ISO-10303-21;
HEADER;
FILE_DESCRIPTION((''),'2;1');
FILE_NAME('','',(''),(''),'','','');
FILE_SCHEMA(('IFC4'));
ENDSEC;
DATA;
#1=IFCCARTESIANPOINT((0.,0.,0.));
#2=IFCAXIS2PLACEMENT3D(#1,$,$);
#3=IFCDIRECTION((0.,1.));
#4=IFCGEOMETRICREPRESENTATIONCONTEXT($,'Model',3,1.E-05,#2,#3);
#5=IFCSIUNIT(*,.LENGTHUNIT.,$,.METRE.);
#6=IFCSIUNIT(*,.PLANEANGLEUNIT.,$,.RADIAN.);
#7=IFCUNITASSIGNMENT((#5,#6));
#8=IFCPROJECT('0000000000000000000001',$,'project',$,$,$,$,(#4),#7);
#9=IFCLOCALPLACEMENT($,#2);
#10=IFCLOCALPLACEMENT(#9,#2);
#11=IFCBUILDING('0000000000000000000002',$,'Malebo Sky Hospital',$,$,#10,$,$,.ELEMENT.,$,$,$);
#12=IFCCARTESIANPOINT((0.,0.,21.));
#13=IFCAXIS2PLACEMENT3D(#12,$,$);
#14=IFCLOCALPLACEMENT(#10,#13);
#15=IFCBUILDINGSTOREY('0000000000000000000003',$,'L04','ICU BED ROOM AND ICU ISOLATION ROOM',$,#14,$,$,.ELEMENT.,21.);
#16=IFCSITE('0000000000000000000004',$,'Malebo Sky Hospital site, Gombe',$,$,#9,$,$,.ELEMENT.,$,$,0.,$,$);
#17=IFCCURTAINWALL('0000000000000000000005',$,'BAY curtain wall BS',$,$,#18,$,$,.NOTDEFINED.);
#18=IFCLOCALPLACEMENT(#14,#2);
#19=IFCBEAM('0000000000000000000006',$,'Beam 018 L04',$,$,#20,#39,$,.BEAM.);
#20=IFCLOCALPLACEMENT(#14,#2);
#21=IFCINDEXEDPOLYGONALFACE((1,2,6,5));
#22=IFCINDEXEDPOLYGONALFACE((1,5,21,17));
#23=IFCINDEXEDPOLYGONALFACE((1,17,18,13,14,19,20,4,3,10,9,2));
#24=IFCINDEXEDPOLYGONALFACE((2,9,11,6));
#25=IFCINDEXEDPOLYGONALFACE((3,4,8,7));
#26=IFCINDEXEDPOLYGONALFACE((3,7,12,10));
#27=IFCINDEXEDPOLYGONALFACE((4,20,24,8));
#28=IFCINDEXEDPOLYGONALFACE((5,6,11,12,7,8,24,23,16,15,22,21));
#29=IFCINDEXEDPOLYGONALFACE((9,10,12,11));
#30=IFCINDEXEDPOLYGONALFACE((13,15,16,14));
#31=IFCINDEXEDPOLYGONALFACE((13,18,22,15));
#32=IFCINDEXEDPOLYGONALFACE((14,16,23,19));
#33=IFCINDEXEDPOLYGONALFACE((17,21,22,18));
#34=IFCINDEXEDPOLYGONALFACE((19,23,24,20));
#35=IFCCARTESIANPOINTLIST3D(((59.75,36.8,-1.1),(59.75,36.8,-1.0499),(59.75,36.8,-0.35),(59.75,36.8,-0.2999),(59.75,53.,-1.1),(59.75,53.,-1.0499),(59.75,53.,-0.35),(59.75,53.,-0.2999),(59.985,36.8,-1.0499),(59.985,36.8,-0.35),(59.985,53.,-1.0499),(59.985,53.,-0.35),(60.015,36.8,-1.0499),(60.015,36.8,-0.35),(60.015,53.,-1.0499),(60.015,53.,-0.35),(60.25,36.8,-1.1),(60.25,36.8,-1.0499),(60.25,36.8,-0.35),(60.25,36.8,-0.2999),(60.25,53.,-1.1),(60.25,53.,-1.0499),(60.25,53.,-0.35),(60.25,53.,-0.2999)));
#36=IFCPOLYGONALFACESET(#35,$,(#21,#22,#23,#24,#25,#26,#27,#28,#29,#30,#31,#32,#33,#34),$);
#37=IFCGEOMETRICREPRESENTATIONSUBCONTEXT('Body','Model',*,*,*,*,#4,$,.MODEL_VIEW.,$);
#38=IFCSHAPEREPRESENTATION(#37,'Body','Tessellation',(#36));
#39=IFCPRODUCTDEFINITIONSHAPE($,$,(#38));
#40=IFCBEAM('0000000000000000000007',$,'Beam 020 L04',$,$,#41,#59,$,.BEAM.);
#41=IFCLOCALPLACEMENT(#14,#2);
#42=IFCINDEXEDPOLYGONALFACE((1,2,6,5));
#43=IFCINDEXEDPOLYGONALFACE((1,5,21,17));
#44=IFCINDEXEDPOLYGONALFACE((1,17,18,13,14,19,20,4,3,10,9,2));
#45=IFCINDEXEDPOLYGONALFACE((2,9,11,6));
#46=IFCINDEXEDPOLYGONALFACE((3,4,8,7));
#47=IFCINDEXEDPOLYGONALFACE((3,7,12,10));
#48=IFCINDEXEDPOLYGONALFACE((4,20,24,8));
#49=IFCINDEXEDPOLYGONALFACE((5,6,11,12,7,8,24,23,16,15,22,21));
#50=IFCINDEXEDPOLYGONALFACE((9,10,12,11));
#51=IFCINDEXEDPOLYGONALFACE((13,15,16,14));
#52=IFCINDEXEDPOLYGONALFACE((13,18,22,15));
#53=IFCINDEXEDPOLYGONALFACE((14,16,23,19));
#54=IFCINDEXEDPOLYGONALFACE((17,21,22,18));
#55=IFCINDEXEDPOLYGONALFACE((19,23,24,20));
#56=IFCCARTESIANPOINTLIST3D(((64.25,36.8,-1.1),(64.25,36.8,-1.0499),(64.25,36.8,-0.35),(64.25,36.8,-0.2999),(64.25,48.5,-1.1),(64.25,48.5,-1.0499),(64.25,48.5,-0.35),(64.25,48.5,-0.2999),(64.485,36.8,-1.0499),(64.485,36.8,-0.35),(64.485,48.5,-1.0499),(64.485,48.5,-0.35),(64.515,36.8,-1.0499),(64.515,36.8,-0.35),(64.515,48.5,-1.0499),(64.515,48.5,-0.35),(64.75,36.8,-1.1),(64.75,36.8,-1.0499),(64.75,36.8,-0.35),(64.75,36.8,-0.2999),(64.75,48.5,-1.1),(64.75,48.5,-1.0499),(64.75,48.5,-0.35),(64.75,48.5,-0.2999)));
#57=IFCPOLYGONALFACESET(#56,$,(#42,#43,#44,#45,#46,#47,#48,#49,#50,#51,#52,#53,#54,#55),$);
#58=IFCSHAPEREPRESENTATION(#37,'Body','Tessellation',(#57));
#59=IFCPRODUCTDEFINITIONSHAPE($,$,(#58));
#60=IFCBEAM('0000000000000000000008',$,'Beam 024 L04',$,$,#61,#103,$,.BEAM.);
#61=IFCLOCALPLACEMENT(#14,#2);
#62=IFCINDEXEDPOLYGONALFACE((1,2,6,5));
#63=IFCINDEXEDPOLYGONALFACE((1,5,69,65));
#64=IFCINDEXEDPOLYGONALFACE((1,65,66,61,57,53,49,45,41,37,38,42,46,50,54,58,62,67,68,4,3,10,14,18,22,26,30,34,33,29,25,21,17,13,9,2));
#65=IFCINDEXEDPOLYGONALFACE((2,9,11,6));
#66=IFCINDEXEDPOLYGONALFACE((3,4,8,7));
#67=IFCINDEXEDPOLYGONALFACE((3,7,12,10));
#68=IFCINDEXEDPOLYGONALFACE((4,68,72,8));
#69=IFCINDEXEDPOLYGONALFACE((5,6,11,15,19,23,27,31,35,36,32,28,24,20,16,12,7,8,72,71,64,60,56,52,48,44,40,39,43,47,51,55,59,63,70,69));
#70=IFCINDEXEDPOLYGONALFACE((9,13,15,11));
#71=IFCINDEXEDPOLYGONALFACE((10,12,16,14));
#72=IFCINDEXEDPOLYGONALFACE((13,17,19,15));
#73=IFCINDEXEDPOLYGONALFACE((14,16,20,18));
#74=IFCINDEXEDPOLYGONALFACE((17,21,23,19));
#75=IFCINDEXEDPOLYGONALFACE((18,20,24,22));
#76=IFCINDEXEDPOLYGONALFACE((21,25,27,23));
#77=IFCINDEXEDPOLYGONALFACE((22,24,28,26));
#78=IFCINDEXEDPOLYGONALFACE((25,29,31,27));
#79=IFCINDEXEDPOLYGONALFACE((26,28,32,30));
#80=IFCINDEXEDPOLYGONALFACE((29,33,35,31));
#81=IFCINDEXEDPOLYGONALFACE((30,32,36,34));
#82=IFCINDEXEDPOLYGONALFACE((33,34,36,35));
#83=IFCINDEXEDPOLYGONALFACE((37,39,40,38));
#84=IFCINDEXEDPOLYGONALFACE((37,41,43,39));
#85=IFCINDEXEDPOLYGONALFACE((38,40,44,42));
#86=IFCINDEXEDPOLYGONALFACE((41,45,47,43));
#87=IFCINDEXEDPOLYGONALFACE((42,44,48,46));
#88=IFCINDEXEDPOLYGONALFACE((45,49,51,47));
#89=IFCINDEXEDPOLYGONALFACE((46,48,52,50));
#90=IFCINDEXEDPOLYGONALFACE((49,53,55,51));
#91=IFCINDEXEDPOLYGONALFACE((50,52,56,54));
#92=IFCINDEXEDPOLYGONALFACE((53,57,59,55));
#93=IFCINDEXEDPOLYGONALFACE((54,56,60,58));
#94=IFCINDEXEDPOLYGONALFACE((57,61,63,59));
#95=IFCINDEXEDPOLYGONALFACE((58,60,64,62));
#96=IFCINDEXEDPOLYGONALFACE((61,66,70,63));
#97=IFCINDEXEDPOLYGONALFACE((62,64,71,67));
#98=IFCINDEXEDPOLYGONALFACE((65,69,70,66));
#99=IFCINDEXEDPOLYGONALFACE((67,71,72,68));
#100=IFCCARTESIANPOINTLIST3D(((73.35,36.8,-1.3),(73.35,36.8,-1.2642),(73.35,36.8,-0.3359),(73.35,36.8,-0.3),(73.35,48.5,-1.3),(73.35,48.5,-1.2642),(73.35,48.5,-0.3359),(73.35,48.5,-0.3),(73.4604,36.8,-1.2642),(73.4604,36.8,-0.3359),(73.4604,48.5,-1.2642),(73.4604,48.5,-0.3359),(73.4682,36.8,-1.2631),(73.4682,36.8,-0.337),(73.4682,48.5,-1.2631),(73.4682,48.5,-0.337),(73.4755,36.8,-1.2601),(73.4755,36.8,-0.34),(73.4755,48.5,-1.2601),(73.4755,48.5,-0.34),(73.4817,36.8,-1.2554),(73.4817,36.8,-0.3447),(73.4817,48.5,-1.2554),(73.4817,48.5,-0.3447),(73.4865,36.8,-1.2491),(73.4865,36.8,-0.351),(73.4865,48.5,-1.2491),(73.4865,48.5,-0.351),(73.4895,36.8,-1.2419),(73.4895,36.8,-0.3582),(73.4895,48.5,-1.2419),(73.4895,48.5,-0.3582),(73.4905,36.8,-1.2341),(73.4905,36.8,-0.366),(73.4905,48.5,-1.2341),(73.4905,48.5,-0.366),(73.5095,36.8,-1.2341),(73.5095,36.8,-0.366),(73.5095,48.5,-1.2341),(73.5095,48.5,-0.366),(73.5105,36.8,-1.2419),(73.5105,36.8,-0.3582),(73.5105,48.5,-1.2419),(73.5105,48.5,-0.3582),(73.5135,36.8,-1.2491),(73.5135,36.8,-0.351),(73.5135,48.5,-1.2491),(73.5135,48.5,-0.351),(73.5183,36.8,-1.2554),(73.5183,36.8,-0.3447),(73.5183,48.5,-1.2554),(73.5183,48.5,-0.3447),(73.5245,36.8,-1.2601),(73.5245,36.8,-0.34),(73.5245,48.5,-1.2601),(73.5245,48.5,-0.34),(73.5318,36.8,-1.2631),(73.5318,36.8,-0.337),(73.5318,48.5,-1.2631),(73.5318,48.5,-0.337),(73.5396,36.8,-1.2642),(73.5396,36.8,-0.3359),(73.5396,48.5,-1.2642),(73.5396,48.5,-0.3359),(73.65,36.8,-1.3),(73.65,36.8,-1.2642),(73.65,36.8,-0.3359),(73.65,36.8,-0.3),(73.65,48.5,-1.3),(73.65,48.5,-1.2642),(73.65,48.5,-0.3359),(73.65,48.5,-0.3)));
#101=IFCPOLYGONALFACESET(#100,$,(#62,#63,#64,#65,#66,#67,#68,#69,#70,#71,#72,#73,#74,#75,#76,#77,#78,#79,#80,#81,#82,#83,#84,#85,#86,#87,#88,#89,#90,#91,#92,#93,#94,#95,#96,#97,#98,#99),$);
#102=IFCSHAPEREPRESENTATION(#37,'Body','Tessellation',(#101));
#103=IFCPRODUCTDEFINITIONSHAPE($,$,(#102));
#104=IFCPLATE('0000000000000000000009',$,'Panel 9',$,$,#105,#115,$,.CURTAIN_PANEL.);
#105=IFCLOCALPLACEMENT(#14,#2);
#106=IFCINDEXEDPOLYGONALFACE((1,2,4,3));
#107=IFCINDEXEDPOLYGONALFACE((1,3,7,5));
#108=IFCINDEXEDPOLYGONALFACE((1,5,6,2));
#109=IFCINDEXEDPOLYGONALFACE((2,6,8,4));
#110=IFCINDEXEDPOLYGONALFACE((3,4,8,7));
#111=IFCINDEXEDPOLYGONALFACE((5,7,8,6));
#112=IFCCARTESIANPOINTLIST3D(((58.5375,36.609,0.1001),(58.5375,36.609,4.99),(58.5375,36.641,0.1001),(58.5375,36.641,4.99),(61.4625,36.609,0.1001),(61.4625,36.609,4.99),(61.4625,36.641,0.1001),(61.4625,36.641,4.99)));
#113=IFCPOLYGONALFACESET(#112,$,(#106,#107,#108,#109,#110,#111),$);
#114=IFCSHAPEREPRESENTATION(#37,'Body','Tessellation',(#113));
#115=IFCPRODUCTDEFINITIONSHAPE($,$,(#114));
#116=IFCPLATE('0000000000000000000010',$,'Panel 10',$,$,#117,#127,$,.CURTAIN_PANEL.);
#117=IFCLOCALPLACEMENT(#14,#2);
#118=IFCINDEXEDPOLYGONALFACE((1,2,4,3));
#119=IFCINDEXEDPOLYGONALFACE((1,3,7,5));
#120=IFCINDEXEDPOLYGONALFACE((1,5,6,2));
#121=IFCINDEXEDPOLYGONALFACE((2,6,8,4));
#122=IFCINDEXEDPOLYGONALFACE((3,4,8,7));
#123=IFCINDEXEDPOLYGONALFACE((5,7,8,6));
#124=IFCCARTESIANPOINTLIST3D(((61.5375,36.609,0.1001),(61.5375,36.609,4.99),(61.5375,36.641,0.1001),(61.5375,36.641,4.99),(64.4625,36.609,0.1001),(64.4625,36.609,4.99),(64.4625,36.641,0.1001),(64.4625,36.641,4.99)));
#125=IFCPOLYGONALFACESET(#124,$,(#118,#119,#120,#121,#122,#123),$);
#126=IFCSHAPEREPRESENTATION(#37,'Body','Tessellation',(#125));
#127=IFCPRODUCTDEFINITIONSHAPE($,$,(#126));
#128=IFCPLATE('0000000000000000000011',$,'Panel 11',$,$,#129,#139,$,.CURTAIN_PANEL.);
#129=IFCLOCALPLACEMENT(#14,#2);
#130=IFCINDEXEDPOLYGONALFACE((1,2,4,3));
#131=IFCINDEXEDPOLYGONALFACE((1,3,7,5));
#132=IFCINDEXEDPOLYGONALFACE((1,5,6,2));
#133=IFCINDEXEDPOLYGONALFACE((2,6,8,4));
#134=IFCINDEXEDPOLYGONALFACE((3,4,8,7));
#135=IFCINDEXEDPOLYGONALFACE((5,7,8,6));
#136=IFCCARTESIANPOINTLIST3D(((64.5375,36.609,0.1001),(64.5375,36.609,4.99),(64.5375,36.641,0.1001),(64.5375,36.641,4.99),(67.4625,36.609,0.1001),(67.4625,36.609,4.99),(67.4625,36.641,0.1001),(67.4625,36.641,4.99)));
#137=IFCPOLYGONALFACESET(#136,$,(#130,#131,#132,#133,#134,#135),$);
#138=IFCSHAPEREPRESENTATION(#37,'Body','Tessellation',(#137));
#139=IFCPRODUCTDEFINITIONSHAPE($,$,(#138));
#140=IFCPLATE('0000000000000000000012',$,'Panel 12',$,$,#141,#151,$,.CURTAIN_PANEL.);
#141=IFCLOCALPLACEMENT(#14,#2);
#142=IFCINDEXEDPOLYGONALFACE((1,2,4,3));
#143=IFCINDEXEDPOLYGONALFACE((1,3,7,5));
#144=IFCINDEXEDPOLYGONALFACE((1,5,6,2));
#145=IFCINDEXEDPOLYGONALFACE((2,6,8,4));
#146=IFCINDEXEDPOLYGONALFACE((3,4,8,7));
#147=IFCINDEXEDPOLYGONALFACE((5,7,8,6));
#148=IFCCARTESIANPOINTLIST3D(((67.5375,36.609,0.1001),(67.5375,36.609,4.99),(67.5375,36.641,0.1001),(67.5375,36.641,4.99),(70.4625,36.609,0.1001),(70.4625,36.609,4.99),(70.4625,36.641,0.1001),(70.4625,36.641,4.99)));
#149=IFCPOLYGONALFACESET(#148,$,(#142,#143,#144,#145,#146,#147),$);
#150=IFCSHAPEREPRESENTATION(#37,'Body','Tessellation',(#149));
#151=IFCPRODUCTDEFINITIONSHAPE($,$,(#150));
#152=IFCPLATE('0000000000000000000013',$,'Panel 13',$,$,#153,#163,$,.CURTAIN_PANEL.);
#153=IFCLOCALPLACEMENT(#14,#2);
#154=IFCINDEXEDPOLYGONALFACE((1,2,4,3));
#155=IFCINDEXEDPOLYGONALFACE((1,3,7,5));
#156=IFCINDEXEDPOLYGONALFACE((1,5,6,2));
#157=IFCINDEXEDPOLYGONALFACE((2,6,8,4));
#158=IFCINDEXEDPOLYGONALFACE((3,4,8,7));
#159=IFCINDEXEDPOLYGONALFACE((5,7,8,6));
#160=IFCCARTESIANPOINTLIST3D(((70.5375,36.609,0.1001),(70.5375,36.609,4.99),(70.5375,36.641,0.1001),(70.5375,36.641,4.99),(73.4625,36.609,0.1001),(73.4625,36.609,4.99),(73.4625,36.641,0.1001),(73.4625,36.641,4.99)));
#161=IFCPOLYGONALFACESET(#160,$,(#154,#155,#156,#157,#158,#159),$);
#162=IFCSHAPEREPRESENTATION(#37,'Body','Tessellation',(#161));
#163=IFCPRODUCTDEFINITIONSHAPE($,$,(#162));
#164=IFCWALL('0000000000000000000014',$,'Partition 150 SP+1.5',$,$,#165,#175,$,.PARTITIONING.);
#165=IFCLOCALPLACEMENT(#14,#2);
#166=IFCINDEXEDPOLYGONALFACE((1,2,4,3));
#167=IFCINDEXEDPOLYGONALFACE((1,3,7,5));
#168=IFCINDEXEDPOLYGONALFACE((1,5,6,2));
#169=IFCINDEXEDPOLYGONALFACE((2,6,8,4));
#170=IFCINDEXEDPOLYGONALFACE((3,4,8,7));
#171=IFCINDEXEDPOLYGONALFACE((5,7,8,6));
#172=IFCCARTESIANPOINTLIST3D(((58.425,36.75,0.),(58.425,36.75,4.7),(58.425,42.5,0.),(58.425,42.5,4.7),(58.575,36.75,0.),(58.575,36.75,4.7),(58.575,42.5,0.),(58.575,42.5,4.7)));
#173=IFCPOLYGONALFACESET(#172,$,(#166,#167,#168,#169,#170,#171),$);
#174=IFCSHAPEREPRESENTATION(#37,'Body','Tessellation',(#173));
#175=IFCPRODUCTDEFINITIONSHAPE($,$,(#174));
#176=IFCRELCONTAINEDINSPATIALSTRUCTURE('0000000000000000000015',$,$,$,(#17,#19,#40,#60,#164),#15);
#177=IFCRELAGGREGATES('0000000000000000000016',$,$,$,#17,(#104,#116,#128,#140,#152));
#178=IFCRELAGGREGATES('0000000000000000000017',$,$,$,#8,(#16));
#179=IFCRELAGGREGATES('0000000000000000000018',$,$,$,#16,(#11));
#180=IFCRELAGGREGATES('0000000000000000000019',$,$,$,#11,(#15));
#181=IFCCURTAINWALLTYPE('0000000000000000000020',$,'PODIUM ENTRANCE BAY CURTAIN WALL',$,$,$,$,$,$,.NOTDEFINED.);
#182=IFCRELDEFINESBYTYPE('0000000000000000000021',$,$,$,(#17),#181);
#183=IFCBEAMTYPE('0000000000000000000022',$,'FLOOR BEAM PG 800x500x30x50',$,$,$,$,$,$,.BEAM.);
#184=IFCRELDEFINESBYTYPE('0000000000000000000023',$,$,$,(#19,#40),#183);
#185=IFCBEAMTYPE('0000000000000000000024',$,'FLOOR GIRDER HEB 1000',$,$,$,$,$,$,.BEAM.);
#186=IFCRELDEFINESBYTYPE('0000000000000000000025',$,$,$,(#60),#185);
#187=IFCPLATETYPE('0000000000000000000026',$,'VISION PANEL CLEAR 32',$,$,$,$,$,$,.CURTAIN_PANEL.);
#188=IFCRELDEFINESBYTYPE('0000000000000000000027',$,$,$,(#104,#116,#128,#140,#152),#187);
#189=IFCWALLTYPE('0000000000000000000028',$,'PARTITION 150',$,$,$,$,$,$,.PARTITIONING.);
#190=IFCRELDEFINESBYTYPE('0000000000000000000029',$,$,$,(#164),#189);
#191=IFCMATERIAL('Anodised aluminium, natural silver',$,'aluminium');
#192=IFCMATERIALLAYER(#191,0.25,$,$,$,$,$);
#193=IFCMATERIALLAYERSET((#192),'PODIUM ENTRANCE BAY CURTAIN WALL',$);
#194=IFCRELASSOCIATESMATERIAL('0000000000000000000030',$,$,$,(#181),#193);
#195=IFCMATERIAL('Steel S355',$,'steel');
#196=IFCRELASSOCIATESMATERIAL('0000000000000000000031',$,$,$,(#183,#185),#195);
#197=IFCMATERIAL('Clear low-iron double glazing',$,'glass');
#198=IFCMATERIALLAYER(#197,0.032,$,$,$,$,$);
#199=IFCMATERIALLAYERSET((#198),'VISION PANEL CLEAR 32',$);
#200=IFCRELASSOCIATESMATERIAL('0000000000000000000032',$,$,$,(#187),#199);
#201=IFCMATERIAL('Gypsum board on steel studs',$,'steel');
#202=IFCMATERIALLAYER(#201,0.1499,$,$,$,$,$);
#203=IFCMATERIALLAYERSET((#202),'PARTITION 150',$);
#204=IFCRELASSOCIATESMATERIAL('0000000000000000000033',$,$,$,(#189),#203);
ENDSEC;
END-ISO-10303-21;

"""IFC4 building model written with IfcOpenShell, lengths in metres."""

from ifc_helpers import new_model, si_unit, direction, frame, frame_2d, origin, origin_2d, place, context, subcontext, project, spatial, rectangle, i_section, extrude, material, layer, layer_set, material_profile, profile_set, type_object, element, aggregate, save


model = new_model("IFC4")

# Units and contexts
model_context = context("Model", 3, precision=1e-05, world=origin(), true_north=direction((0.0, 1.0)))
body_context = subcontext(model_context, "Body", "Model", "MODEL_VIEW")
ifc_project = project(units=[si_unit("LENGTHUNIT", "METRE"), si_unit("PLANEANGLEUNIT", "RADIAN")], contexts=[model_context])

# Site, building, storey
site_placement = place(None, origin())
site = spatial("IfcSite", under=ifc_project, at=site_placement, Name="Malebo Sky Hospital site, Gombe", CompositionType="ELEMENT", RefElevation=0.0)
building_placement = place(site_placement, origin())
building = spatial("IfcBuilding", under=site, at=building_placement, Name="Malebo Sky Hospital", CompositionType="ELEMENT")
storey_placement = place(building_placement, frame((0.0, 0.0, 21.0)))
storey = spatial("IfcBuildingStorey", under=building, at=storey_placement, Name="L04", Description="ICU BED ROOM AND ICU ISOLATION ROOM", CompositionType="ELEMENT", Elevation=21.0)

# Curtain wall
ifc_material_1 = material(Name="Anodised aluminium, natural silver", Category="aluminium")
ifc_layer_1 = layer(ifc_material_1, 0.25)
ifc_layer_set_1 = layer_set([ifc_layer_1], Name="PODIUM ENTRANCE BAY CURTAIN WALL")
curtain_wall_type = type_object("IfcCurtainWallType", Name="PODIUM ENTRANCE BAY CURTAIN WALL", PredefinedType="NOTDEFINED", material=ifc_layer_set_1)
curtain_wall_placement = place(storey_placement, origin())
curtain_wall = element("IfcCurtainWall", 1, at=curtain_wall_placement, inside=storey, type_object=curtain_wall_type, Name="BAY curtain wall BS", PredefinedType="NOTDEFINED")

# Beams
ifc_material_2 = material(Name="Steel S355", Category="steel")
ifc_material_profile_1 = material_profile(ifc_material_2, i_section(OverallWidth=0.5, OverallDepth=0.8, WebThickness=0.03, FlangeThickness=0.05, at=origin_2d()), Name="PG 800x500x30x50")
ifc_profile_set_1 = profile_set([ifc_material_profile_1], Name="Steel S355")
beam_type_1 = type_object("IfcBeamType", Name="FLOOR BEAM PG 800x500x30x50", PredefinedType="BEAM", material=ifc_profile_set_1)
beam_1_placement = place(storey_placement, frame((60.0, 36.8, -0.7), z_axis=(0.0, 1.0, 0.0), x_axis=(-1.0, 0.0, 0.0)))
element("IfcBeam", 2, at=beam_1_placement, inside=storey, type_object=beam_type_1, Name="Beam 018 L04", PredefinedType="BEAM", context=body_context, shape_type="SweptSolid", body=[
    extrude(i_section(OverallWidth=0.5, OverallDepth=0.8, WebThickness=0.03, FlangeThickness=0.05, at=origin_2d()), origin(), (0.0, 0.0, 1.0), 16.2),
])
beam_2_placement = place(storey_placement, frame((64.5, 36.8, -0.7), z_axis=(0.0, 1.0, 0.0), x_axis=(-1.0, 0.0, 0.0)))
element("IfcBeam", 3, at=beam_2_placement, inside=storey, type_object=beam_type_1, Name="Beam 020 L04", PredefinedType="BEAM", context=body_context, shape_type="SweptSolid", body=[
    extrude(i_section(OverallWidth=0.5, OverallDepth=0.8, WebThickness=0.03, FlangeThickness=0.05, at=origin_2d()), origin(), (0.0, 0.0, 1.0), 11.7),
])
ifc_material_profile_2 = material_profile(ifc_material_2, i_section(OverallWidth=0.3, OverallDepth=1.0, WebThickness=0.019, FlangeThickness=0.0359, FilletRadius=0.03, at=origin_2d()), Name="HEB 1000")
ifc_profile_set_2 = profile_set([ifc_material_profile_2], Name="Steel S355")
beam_type_2 = type_object("IfcBeamType", Name="FLOOR GIRDER HEB 1000", PredefinedType="BEAM", material=ifc_profile_set_2)
beam_3_placement = place(storey_placement, frame((73.5, 36.8, -0.8), z_axis=(0.0, 1.0, 0.0), x_axis=(-1.0, 0.0, 0.0)))
element("IfcBeam", 4, at=beam_3_placement, inside=storey, type_object=beam_type_2, Name="Beam 024 L04", PredefinedType="BEAM", context=body_context, shape_type="SweptSolid", body=[
    extrude(i_section(OverallWidth=0.3, OverallDepth=1.0, WebThickness=0.019, FlangeThickness=0.0359, FilletRadius=0.03, at=origin_2d()), origin(), (0.0, 0.0, 1.0), 11.7),
])

# Plates
ifc_material_3 = material(Name="Clear low-iron double glazing", Category="glass")
ifc_layer_2 = layer(ifc_material_3, 0.032)
ifc_layer_set_2 = layer_set([ifc_layer_2], Name="VISION PANEL CLEAR 32")
plate_type = type_object("IfcPlateType", Name="VISION PANEL CLEAR 32", PredefinedType="CURTAIN_PANEL", material=ifc_layer_set_2)
plate_1_placement = place(storey_placement, frame((60.0, 36.625, 0.1001), z_axis=(0.0, 0.0, 1.0), x_axis=(1.0, 0.0, 0.0)))
plate_1 = element("IfcPlate", 5, at=plate_1_placement, type_object=plate_type, Name="Panel 9", PredefinedType="CURTAIN_PANEL", context=body_context, shape_type="SweptSolid", body=[
    extrude(rectangle(XDim=2.925, YDim=0.032, at=origin_2d()), origin(), (0.0, 0.0, 1.0), 4.8899),
])
plate_2_placement = place(storey_placement, frame((63.0, 36.625, 0.1001), z_axis=(0.0, 0.0, 1.0), x_axis=(1.0, 0.0, 0.0)))
plate_2 = element("IfcPlate", 6, at=plate_2_placement, type_object=plate_type, Name="Panel 10", PredefinedType="CURTAIN_PANEL", context=body_context, shape_type="SweptSolid", body=[
    extrude(rectangle(XDim=2.925, YDim=0.032, at=origin_2d()), origin(), (0.0, 0.0, 1.0), 4.8899),
])
plate_3_placement = place(storey_placement, frame((66.0, 36.625, 0.1001), z_axis=(0.0, 0.0, 1.0), x_axis=(1.0, 0.0, 0.0)))
plate_3 = element("IfcPlate", 7, at=plate_3_placement, type_object=plate_type, Name="Panel 11", PredefinedType="CURTAIN_PANEL", context=body_context, shape_type="SweptSolid", body=[
    extrude(rectangle(XDim=2.925, YDim=0.032, at=origin_2d()), origin(), (0.0, 0.0, 1.0), 4.8899),
])
plate_4_placement = place(storey_placement, frame((69.0, 36.625, 0.1001), z_axis=(0.0, 0.0, 1.0), x_axis=(1.0, 0.0, 0.0)))
plate_4 = element("IfcPlate", 8, at=plate_4_placement, type_object=plate_type, Name="Panel 12", PredefinedType="CURTAIN_PANEL", context=body_context, shape_type="SweptSolid", body=[
    extrude(rectangle(XDim=2.925, YDim=0.032, at=origin_2d()), origin(), (0.0, 0.0, 1.0), 4.8899),
])
plate_5_placement = place(storey_placement, frame((72.0, 36.625, 0.1001), z_axis=(0.0, 0.0, 1.0), x_axis=(1.0, 0.0, 0.0)))
plate_5 = element("IfcPlate", 9, at=plate_5_placement, type_object=plate_type, Name="Panel 13", PredefinedType="CURTAIN_PANEL", context=body_context, shape_type="SweptSolid", body=[
    extrude(rectangle(XDim=2.925, YDim=0.032, at=origin_2d()), origin(), (0.0, 0.0, 1.0), 4.8899),
])
aggregate(curtain_wall, [plate_1, plate_2, plate_3, plate_4, plate_5])

# Wall
ifc_material_4 = material(Name="Gypsum board on steel studs", Category="steel")
ifc_layer_3 = layer(ifc_material_4, 0.1499)
ifc_layer_set_3 = layer_set([ifc_layer_3], Name="PARTITION 150")
wall_type = type_object("IfcWallType", Name="PARTITION 150", PredefinedType="PARTITIONING", material=ifc_layer_set_3)
wall_1_placement = place(storey_placement, frame((58.5, 42.5, 0.0), z_axis=(0.0, 0.0, 1.0), x_axis=(0.0, -1.0, 0.0)))
element("IfcWall", 10, at=wall_1_placement, inside=storey, type_object=wall_type, Name="Partition 150 SP+1.5", PredefinedType="PARTITIONING", context=body_context, shape_type="SweptSolid", body=[
    extrude(rectangle(XDim=5.75, YDim=0.1499, at=frame_2d((2.875, 0.0))), origin(), (0.0, 0.0, 1.0), 4.7),
])

save(model, "model.ifc")
